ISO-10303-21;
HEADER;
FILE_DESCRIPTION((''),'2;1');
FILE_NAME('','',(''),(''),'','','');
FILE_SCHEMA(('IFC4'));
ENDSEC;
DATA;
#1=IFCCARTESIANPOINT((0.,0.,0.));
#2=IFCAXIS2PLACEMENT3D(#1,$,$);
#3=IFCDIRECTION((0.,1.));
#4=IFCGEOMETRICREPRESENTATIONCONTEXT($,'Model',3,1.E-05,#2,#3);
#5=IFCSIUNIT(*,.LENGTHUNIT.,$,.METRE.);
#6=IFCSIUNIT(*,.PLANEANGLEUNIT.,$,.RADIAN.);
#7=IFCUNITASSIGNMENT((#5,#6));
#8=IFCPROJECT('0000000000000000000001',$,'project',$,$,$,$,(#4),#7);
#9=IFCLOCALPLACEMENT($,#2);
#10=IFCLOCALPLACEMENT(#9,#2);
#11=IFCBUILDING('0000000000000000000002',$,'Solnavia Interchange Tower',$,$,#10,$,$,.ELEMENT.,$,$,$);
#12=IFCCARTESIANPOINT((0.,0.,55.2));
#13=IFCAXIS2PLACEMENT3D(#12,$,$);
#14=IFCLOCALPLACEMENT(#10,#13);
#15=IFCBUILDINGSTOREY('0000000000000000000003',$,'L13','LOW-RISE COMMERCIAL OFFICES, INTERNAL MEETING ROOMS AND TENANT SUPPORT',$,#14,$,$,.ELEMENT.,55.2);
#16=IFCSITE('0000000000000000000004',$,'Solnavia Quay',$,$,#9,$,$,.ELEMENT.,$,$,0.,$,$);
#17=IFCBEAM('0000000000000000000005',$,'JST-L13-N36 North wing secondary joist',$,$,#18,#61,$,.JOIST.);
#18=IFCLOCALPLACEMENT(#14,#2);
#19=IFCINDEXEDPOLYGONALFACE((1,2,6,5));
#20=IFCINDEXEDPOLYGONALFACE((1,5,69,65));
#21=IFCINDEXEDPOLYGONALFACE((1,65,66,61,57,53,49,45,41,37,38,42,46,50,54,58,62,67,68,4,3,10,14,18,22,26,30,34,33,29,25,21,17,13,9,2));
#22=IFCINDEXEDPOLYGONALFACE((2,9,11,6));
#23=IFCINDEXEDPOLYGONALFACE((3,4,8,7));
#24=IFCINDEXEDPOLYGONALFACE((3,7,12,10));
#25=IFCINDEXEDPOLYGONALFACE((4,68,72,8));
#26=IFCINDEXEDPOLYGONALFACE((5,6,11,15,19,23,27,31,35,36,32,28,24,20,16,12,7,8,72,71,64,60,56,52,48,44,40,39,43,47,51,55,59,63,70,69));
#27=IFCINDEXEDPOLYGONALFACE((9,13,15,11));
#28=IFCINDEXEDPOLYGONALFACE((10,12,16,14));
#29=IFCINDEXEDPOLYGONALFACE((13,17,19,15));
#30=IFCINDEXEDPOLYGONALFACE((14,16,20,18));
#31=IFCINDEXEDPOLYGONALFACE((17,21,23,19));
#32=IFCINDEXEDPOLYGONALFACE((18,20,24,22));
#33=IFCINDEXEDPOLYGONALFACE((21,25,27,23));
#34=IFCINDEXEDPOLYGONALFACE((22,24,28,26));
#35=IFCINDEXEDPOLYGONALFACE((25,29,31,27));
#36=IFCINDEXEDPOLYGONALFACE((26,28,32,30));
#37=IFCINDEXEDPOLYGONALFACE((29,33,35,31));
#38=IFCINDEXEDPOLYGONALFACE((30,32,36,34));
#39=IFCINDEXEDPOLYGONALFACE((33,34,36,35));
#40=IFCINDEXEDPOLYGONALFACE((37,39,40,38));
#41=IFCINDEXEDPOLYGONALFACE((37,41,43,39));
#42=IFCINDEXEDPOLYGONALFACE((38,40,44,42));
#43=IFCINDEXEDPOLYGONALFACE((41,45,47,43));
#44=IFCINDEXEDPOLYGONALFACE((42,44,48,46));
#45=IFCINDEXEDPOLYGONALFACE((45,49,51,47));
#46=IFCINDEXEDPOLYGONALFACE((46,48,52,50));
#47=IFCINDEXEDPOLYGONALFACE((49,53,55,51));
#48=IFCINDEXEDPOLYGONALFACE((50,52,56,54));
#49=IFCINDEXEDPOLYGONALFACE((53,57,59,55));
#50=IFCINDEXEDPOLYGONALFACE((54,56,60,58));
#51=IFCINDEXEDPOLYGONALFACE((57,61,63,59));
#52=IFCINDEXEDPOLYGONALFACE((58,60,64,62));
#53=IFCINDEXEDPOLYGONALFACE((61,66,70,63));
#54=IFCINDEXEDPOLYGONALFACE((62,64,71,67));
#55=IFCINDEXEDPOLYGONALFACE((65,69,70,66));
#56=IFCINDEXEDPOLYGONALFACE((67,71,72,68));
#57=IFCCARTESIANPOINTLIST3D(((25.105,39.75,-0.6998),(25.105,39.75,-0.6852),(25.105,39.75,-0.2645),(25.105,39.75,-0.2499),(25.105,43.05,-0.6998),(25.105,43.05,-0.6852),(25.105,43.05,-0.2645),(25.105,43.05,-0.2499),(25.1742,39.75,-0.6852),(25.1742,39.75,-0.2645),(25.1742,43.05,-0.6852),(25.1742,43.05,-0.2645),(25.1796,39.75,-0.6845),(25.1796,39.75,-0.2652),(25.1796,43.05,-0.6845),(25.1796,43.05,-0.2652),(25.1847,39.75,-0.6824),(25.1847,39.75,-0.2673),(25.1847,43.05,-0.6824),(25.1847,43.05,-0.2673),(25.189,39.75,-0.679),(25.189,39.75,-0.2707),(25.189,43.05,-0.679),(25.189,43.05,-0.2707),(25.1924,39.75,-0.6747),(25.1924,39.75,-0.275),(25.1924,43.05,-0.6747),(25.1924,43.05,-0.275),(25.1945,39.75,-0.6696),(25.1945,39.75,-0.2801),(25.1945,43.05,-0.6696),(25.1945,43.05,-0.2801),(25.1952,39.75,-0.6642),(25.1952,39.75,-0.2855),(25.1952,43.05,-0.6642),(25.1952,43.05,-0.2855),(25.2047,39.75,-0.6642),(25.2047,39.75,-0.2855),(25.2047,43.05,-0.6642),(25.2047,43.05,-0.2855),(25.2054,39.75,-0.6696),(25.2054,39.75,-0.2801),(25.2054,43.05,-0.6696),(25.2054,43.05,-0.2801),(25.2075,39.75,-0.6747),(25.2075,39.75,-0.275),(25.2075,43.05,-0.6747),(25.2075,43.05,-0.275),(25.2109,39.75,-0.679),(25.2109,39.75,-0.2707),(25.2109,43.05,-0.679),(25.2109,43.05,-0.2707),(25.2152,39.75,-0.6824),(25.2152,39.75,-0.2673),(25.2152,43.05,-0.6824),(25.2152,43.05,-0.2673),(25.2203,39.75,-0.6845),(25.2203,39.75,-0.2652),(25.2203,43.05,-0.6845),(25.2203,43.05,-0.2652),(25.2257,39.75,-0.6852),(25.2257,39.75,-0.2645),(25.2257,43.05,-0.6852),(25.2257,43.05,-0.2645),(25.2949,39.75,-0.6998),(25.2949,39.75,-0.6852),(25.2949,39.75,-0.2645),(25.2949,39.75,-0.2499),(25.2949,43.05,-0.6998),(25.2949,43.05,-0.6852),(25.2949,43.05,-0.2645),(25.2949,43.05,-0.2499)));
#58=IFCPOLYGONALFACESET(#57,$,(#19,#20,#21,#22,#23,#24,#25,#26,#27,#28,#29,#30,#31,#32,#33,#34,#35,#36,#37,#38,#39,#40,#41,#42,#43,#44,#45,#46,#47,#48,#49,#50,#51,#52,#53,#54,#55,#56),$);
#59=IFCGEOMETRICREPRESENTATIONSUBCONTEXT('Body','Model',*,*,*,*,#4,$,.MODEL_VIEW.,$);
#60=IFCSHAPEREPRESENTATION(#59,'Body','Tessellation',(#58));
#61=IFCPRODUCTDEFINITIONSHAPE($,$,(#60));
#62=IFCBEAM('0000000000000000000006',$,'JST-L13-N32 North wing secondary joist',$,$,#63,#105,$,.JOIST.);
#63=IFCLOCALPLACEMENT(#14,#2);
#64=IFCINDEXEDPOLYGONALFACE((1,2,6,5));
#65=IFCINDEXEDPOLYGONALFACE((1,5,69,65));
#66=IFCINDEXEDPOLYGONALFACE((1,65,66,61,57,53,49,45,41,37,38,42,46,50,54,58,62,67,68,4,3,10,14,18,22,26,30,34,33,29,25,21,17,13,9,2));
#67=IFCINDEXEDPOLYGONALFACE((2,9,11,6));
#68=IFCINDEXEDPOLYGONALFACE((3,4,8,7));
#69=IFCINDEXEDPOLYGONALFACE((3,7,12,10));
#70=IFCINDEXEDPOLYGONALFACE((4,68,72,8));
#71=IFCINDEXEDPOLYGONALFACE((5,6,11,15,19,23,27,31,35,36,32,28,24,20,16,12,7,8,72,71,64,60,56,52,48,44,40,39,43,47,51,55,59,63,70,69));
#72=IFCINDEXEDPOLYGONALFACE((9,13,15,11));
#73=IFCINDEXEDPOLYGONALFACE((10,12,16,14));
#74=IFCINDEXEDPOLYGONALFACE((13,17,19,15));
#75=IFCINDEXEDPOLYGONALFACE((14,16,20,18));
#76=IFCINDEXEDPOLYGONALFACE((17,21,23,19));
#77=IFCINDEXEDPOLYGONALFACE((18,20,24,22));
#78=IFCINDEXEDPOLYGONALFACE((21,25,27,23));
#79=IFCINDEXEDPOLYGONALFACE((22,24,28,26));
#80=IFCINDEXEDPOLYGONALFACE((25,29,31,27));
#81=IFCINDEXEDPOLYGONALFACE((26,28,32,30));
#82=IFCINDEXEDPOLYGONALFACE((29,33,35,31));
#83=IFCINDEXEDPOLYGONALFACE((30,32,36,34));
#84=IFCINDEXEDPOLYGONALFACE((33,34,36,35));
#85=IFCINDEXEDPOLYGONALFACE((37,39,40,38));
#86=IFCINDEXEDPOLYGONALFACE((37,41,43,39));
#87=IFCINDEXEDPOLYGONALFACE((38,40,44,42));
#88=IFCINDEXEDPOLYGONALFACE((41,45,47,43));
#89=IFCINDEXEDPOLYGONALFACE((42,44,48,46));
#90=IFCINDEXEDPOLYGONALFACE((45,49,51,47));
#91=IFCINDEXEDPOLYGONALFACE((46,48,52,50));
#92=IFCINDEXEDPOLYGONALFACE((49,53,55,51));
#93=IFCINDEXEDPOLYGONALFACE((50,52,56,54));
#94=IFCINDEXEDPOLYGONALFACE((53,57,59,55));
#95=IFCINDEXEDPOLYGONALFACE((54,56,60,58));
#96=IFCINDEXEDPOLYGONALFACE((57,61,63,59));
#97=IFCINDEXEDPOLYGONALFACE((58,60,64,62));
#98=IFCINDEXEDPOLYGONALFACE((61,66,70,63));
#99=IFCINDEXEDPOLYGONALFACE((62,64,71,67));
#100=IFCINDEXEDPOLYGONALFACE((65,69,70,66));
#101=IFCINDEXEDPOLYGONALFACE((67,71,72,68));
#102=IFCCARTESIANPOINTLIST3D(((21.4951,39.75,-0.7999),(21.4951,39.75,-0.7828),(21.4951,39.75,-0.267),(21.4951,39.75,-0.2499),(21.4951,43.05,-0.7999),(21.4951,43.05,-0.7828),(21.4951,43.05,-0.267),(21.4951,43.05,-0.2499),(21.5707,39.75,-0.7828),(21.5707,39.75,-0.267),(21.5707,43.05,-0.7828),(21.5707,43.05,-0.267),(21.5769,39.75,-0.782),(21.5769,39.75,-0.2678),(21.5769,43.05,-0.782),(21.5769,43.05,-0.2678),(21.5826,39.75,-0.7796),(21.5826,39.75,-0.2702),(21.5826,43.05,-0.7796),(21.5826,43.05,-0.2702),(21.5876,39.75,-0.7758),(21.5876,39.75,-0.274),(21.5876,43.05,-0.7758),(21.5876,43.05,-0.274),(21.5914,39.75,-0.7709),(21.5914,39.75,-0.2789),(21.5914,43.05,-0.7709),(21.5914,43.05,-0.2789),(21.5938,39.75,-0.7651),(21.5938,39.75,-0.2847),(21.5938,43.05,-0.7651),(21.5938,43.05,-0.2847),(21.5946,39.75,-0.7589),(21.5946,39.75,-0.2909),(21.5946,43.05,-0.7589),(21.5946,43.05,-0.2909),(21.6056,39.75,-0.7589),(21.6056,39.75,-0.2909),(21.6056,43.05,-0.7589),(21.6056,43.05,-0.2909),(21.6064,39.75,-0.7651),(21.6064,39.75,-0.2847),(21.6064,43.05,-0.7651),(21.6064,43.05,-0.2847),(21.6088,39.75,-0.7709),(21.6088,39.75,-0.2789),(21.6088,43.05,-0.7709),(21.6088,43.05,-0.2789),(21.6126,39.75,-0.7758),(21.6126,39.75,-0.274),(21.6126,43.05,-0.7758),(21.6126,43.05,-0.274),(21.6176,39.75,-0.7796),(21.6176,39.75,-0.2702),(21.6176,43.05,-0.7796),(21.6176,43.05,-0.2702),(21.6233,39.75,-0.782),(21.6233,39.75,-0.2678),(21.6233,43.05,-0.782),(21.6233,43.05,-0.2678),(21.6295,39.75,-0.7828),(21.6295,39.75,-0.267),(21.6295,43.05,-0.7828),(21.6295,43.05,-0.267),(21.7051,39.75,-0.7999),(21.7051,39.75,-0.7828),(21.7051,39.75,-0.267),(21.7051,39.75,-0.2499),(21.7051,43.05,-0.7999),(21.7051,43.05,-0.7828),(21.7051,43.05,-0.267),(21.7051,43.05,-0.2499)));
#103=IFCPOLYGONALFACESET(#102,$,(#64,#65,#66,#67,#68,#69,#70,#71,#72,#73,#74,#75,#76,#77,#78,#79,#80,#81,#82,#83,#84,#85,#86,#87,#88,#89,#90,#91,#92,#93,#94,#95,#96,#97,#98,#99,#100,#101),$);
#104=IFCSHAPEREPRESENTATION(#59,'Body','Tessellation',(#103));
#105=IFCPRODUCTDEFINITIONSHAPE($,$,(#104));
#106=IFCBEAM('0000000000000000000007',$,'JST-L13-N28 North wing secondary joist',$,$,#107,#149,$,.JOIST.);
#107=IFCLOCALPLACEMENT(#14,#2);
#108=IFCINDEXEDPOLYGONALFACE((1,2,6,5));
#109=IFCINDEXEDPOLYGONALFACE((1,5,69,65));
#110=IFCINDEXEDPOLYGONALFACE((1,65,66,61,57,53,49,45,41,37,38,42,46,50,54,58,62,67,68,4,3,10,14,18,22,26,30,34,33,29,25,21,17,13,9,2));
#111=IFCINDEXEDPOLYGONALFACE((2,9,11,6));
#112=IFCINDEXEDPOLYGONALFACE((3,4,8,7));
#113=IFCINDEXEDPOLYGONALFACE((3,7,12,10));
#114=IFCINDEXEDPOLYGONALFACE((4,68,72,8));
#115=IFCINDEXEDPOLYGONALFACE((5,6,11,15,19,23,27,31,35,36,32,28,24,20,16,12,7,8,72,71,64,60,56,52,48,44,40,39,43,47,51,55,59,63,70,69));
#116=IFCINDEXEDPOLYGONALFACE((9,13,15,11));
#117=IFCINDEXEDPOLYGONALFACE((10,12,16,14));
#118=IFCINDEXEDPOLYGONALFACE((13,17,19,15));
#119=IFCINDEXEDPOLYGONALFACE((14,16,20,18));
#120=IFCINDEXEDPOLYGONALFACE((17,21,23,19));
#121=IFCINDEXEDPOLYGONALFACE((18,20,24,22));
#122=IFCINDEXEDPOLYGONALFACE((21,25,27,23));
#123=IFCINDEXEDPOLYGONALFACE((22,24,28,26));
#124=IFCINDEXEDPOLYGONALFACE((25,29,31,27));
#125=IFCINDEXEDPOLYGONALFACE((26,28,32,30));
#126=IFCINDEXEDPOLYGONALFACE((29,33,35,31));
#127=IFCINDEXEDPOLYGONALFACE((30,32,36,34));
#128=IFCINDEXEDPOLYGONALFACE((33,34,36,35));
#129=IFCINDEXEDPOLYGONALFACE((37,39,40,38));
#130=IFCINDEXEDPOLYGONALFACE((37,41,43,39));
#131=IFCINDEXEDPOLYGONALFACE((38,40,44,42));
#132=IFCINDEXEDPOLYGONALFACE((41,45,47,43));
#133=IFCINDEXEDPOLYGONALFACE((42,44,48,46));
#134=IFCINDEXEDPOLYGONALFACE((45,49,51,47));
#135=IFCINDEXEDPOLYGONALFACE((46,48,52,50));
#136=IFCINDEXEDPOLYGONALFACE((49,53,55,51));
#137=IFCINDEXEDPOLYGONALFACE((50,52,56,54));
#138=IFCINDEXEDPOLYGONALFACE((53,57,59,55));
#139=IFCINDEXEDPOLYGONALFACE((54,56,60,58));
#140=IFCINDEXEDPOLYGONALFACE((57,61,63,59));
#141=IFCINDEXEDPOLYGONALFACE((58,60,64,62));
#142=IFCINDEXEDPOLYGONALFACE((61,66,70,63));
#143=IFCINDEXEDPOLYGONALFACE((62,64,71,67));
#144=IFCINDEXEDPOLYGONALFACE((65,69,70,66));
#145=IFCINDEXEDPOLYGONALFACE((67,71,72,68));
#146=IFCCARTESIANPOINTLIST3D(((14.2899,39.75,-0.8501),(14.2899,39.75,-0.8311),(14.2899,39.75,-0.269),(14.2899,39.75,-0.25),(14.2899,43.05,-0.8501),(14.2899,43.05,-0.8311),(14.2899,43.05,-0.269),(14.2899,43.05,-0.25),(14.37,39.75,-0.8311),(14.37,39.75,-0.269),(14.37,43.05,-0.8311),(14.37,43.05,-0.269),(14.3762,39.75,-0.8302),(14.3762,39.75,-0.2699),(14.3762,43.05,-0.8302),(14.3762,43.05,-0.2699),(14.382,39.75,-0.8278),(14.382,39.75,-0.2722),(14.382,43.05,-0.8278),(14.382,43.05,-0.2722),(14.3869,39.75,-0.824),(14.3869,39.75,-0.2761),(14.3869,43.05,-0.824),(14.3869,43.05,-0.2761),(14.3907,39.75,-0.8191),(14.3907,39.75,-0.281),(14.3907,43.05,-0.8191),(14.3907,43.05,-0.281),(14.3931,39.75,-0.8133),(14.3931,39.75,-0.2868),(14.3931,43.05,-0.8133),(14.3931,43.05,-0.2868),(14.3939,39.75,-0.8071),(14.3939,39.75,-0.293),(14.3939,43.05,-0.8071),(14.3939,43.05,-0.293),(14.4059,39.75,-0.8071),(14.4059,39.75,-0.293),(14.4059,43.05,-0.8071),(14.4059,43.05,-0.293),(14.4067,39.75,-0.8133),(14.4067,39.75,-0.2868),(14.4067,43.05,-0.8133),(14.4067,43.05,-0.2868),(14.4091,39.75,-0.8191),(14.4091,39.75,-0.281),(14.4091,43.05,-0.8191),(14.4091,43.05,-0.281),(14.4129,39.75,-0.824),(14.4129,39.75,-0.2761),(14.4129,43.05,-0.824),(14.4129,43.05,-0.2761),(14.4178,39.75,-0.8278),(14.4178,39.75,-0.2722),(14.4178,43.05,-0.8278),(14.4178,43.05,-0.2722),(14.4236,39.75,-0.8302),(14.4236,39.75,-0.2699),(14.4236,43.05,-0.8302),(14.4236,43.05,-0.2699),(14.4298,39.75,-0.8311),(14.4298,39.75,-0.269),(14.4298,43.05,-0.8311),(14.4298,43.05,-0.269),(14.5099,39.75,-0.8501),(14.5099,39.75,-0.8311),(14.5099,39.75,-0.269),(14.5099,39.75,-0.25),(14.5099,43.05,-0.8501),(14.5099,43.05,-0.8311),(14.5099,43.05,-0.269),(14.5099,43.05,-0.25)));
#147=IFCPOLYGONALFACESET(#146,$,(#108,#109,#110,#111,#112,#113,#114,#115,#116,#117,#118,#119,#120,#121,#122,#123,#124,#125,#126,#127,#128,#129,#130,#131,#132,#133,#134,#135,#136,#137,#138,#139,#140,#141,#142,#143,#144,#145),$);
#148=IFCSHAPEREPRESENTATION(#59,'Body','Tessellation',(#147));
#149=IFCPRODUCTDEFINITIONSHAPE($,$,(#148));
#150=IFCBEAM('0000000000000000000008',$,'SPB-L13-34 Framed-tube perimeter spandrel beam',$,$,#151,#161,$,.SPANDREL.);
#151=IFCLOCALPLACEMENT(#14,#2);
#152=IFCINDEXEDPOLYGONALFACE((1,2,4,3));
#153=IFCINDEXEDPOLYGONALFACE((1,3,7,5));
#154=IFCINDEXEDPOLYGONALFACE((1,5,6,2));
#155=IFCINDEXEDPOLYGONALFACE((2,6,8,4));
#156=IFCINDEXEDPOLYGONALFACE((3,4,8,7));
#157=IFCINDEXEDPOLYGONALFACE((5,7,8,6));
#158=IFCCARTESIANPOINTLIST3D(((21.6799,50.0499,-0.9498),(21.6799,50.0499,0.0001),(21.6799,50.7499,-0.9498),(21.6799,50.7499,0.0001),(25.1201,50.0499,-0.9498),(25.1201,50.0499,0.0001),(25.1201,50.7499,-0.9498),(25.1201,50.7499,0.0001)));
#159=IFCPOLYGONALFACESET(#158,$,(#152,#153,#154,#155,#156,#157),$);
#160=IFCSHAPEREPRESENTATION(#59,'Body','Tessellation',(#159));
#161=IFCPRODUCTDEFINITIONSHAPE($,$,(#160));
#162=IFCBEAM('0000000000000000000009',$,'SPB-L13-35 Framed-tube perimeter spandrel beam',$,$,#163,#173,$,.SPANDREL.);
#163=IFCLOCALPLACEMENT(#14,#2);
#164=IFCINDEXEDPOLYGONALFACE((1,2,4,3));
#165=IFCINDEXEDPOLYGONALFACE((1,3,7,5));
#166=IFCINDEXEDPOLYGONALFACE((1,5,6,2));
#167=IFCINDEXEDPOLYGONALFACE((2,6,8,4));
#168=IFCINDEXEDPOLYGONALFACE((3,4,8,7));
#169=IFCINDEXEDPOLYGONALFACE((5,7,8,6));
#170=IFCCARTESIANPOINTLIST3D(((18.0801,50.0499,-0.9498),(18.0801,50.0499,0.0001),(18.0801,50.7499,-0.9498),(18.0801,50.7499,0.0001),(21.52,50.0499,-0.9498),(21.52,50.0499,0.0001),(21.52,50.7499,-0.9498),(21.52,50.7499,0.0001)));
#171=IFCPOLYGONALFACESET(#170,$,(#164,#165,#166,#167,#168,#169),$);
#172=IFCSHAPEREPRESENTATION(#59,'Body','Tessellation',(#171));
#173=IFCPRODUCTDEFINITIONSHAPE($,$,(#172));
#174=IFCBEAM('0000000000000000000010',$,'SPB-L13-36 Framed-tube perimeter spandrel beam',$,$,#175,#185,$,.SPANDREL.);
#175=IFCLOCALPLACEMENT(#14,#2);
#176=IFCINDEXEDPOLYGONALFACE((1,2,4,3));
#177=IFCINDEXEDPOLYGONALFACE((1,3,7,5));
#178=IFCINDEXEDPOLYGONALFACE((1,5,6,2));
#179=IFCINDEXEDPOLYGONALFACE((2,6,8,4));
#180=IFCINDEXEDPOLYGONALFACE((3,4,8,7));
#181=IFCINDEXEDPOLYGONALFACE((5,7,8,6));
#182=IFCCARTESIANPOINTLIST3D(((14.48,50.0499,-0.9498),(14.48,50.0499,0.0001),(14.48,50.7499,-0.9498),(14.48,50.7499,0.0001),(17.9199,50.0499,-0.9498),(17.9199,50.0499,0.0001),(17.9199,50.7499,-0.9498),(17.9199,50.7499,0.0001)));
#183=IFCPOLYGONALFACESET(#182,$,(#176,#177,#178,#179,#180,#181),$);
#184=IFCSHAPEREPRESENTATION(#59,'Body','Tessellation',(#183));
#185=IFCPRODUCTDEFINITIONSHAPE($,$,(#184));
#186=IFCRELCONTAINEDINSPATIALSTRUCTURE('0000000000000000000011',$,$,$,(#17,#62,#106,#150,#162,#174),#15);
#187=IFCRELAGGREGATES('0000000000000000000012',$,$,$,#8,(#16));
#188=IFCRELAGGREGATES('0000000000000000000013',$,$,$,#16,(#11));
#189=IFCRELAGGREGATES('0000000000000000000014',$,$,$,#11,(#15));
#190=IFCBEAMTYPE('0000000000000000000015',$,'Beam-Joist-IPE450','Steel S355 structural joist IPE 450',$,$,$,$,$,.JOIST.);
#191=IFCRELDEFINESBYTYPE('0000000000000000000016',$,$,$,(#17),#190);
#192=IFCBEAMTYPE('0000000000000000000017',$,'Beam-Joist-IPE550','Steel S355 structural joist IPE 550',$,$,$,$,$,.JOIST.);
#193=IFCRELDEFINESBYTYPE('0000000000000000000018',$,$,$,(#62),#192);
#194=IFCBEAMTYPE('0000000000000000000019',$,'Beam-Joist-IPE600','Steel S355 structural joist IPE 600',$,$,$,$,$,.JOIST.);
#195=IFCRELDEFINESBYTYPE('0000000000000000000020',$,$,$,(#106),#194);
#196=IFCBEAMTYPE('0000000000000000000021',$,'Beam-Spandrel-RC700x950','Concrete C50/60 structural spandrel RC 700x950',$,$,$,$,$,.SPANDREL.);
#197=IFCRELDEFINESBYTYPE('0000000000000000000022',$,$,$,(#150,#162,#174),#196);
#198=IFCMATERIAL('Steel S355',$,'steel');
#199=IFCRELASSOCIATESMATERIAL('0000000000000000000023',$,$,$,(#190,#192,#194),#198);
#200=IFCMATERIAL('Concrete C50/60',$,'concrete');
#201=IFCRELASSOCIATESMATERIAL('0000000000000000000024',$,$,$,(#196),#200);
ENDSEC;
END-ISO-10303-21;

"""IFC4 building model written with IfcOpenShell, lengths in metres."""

from ifc_helpers import new_model, si_unit, direction, frame, origin, origin_2d, place, context, subcontext, project, spatial, rectangle, i_section, extrude, material, material_profile, profile_set, type_object, element, save


model = new_model("IFC4")

# Units and contexts
model_context = context("Model", 3, precision=1e-05, world=origin(), true_north=direction((0.0, 1.0)))
body_context = subcontext(model_context, "Body", "Model", "MODEL_VIEW")
ifc_project = project(units=[si_unit("LENGTHUNIT", "METRE"), si_unit("PLANEANGLEUNIT", "RADIAN")], contexts=[model_context])

# Site, building, storey
site_placement = place(None, origin())
site = spatial("IfcSite", under=ifc_project, at=site_placement, Name="Solnavia Quay", CompositionType="ELEMENT", RefElevation=0.0)
building_placement = place(site_placement, origin())
building = spatial("IfcBuilding", under=site, at=building_placement, Name="Solnavia Interchange Tower", CompositionType="ELEMENT")
storey_placement = place(building_placement, frame((0.0, 0.0, 55.2)))
storey = spatial("IfcBuildingStorey", under=building, at=storey_placement, Name="L13", Description="LOW-RISE COMMERCIAL OFFICES, INTERNAL MEETING ROOMS AND TENANT SUPPORT", CompositionType="ELEMENT", Elevation=55.2)

# Shared definitions
ifc_material_1 = material(Name="Steel S355", Category="steel")

# Beams
ifc_material_profile_1 = material_profile(ifc_material_1, i_section(OverallWidth=0.1899, OverallDepth=0.45, WebThickness=0.0095, FlangeThickness=0.0146, FilletRadius=0.021, at=origin_2d()), Name="IPE 450")
ifc_profile_set_1 = profile_set([ifc_material_profile_1], Name="Steel S355")
beam_type_1 = type_object("IfcBeamType", Name="Beam-Joist-IPE450", Description="Steel S355 structural joist IPE 450", PredefinedType="JOIST", material=ifc_profile_set_1)
beam_1_placement = place(storey_placement, frame((25.2, 39.75, -0.4749), z_axis=(0.0, 1.0, 0.0), x_axis=(-1.0, 0.0, 0.0)))
element("IfcBeam", 1, at=beam_1_placement, inside=storey, type_object=beam_type_1, Name="JST-L13-N36 North wing secondary joist", PredefinedType="JOIST", context=body_context, shape_type="SweptSolid", body=[
    extrude(i_section(OverallWidth=0.1899, OverallDepth=0.45, WebThickness=0.0095, FlangeThickness=0.0146, FilletRadius=0.021, at=origin_2d()), origin(), (0.0, 0.0, 1.0), 3.3),
])
ifc_material_profile_2 = material_profile(ifc_material_1, i_section(OverallWidth=0.21, OverallDepth=0.55, WebThickness=0.011, FlangeThickness=0.0171, FilletRadius=0.0239, at=origin_2d()), Name="IPE 550")
ifc_profile_set_2 = profile_set([ifc_material_profile_2], Name="Steel S355")
beam_type_2 = type_object("IfcBeamType", Name="Beam-Joist-IPE550", Description="Steel S355 structural joist IPE 550", PredefinedType="JOIST", material=ifc_profile_set_2)
beam_2_placement = place(storey_placement, frame((21.6001, 39.75, -0.5249), z_axis=(0.0, 1.0, 0.0), x_axis=(-1.0, 0.0, 0.0)))
element("IfcBeam", 2, at=beam_2_placement, inside=storey, type_object=beam_type_2, Name="JST-L13-N32 North wing secondary joist", PredefinedType="JOIST", context=body_context, shape_type="SweptSolid", body=[
    extrude(i_section(OverallWidth=0.21, OverallDepth=0.55, WebThickness=0.011, FlangeThickness=0.0171, FilletRadius=0.0239, at=origin_2d()), origin(), (0.0, 0.0, 1.0), 3.3),
])
ifc_material_profile_3 = material_profile(ifc_material_1, i_section(OverallWidth=0.22, OverallDepth=0.6001, WebThickness=0.012, FlangeThickness=0.019, FilletRadius=0.0239, at=origin_2d()), Name="IPE 600")
ifc_profile_set_3 = profile_set([ifc_material_profile_3], Name="Steel S355")
beam_type_3 = type_object("IfcBeamType", Name="Beam-Joist-IPE600", Description="Steel S355 structural joist IPE 600", PredefinedType="JOIST", material=ifc_profile_set_3)
beam_3_placement = place(storey_placement, frame((14.3999, 39.75, -0.55), z_axis=(0.0, 1.0, 0.0), x_axis=(-1.0, 0.0, 0.0)))
element("IfcBeam", 3, at=beam_3_placement, inside=storey, type_object=beam_type_3, Name="JST-L13-N28 North wing secondary joist", PredefinedType="JOIST", context=body_context, shape_type="SweptSolid", body=[
    extrude(i_section(OverallWidth=0.22, OverallDepth=0.6001, WebThickness=0.012, FlangeThickness=0.019, FilletRadius=0.0239, at=origin_2d()), origin(), (0.0, 0.0, 1.0), 3.3),
])
ifc_material_2 = material(Name="Concrete C50/60", Category="concrete")
ifc_material_profile_4 = material_profile(ifc_material_2, rectangle(XDim=0.7, YDim=0.95, at=origin_2d()), Name="RC 700x950")
ifc_profile_set_4 = profile_set([ifc_material_profile_4], Name="Concrete C50/60")
beam_type_4 = type_object("IfcBeamType", Name="Beam-Spandrel-RC700x950", Description="Concrete C50/60 structural spandrel RC 700x950", PredefinedType="SPANDREL", material=ifc_profile_set_4)
beam_4_placement = place(storey_placement, frame((25.1201, 50.3999, -0.4749), z_axis=(-1.0, 0.0, 0.0), x_axis=(0.0, -1.0, 0.0)))
element("IfcBeam", 4, at=beam_4_placement, inside=storey, type_object=beam_type_4, Name="SPB-L13-34 Framed-tube perimeter spandrel beam", PredefinedType="SPANDREL", context=body_context, shape_type="SweptSolid", body=[
    extrude(rectangle(XDim=0.7, YDim=0.95, at=origin_2d()), origin(), (0.0, 0.0, 1.0), 3.4402),
])
for number, where, z_axis, x_axis, name in (
    (5, (21.52, 50.3999, -0.4749), (-1.0, 0.0, 0.0), (0.0, -1.0, 0.0), "SPB-L13-35 Framed-tube perimeter spandrel beam"),
    (6, (17.9199, 50.3999, -0.4749), (-1.0, 0.0, 0.0), (0.0, -1.0, 0.0), "SPB-L13-36 Framed-tube perimeter spandrel beam"),
):
    element("IfcBeam", number, at=place(storey_placement, frame(where, z_axis=z_axis, x_axis=x_axis)), inside=storey, type_object=beam_type_4, Name=name, PredefinedType="SPANDREL", context=body_context, shape_type="SweptSolid", body=[
        extrude(rectangle(XDim=0.7, YDim=0.95, at=origin_2d()), origin(), (0.0, 0.0, 1.0), 3.4399),
    ])

save(model, "model.ifc")
